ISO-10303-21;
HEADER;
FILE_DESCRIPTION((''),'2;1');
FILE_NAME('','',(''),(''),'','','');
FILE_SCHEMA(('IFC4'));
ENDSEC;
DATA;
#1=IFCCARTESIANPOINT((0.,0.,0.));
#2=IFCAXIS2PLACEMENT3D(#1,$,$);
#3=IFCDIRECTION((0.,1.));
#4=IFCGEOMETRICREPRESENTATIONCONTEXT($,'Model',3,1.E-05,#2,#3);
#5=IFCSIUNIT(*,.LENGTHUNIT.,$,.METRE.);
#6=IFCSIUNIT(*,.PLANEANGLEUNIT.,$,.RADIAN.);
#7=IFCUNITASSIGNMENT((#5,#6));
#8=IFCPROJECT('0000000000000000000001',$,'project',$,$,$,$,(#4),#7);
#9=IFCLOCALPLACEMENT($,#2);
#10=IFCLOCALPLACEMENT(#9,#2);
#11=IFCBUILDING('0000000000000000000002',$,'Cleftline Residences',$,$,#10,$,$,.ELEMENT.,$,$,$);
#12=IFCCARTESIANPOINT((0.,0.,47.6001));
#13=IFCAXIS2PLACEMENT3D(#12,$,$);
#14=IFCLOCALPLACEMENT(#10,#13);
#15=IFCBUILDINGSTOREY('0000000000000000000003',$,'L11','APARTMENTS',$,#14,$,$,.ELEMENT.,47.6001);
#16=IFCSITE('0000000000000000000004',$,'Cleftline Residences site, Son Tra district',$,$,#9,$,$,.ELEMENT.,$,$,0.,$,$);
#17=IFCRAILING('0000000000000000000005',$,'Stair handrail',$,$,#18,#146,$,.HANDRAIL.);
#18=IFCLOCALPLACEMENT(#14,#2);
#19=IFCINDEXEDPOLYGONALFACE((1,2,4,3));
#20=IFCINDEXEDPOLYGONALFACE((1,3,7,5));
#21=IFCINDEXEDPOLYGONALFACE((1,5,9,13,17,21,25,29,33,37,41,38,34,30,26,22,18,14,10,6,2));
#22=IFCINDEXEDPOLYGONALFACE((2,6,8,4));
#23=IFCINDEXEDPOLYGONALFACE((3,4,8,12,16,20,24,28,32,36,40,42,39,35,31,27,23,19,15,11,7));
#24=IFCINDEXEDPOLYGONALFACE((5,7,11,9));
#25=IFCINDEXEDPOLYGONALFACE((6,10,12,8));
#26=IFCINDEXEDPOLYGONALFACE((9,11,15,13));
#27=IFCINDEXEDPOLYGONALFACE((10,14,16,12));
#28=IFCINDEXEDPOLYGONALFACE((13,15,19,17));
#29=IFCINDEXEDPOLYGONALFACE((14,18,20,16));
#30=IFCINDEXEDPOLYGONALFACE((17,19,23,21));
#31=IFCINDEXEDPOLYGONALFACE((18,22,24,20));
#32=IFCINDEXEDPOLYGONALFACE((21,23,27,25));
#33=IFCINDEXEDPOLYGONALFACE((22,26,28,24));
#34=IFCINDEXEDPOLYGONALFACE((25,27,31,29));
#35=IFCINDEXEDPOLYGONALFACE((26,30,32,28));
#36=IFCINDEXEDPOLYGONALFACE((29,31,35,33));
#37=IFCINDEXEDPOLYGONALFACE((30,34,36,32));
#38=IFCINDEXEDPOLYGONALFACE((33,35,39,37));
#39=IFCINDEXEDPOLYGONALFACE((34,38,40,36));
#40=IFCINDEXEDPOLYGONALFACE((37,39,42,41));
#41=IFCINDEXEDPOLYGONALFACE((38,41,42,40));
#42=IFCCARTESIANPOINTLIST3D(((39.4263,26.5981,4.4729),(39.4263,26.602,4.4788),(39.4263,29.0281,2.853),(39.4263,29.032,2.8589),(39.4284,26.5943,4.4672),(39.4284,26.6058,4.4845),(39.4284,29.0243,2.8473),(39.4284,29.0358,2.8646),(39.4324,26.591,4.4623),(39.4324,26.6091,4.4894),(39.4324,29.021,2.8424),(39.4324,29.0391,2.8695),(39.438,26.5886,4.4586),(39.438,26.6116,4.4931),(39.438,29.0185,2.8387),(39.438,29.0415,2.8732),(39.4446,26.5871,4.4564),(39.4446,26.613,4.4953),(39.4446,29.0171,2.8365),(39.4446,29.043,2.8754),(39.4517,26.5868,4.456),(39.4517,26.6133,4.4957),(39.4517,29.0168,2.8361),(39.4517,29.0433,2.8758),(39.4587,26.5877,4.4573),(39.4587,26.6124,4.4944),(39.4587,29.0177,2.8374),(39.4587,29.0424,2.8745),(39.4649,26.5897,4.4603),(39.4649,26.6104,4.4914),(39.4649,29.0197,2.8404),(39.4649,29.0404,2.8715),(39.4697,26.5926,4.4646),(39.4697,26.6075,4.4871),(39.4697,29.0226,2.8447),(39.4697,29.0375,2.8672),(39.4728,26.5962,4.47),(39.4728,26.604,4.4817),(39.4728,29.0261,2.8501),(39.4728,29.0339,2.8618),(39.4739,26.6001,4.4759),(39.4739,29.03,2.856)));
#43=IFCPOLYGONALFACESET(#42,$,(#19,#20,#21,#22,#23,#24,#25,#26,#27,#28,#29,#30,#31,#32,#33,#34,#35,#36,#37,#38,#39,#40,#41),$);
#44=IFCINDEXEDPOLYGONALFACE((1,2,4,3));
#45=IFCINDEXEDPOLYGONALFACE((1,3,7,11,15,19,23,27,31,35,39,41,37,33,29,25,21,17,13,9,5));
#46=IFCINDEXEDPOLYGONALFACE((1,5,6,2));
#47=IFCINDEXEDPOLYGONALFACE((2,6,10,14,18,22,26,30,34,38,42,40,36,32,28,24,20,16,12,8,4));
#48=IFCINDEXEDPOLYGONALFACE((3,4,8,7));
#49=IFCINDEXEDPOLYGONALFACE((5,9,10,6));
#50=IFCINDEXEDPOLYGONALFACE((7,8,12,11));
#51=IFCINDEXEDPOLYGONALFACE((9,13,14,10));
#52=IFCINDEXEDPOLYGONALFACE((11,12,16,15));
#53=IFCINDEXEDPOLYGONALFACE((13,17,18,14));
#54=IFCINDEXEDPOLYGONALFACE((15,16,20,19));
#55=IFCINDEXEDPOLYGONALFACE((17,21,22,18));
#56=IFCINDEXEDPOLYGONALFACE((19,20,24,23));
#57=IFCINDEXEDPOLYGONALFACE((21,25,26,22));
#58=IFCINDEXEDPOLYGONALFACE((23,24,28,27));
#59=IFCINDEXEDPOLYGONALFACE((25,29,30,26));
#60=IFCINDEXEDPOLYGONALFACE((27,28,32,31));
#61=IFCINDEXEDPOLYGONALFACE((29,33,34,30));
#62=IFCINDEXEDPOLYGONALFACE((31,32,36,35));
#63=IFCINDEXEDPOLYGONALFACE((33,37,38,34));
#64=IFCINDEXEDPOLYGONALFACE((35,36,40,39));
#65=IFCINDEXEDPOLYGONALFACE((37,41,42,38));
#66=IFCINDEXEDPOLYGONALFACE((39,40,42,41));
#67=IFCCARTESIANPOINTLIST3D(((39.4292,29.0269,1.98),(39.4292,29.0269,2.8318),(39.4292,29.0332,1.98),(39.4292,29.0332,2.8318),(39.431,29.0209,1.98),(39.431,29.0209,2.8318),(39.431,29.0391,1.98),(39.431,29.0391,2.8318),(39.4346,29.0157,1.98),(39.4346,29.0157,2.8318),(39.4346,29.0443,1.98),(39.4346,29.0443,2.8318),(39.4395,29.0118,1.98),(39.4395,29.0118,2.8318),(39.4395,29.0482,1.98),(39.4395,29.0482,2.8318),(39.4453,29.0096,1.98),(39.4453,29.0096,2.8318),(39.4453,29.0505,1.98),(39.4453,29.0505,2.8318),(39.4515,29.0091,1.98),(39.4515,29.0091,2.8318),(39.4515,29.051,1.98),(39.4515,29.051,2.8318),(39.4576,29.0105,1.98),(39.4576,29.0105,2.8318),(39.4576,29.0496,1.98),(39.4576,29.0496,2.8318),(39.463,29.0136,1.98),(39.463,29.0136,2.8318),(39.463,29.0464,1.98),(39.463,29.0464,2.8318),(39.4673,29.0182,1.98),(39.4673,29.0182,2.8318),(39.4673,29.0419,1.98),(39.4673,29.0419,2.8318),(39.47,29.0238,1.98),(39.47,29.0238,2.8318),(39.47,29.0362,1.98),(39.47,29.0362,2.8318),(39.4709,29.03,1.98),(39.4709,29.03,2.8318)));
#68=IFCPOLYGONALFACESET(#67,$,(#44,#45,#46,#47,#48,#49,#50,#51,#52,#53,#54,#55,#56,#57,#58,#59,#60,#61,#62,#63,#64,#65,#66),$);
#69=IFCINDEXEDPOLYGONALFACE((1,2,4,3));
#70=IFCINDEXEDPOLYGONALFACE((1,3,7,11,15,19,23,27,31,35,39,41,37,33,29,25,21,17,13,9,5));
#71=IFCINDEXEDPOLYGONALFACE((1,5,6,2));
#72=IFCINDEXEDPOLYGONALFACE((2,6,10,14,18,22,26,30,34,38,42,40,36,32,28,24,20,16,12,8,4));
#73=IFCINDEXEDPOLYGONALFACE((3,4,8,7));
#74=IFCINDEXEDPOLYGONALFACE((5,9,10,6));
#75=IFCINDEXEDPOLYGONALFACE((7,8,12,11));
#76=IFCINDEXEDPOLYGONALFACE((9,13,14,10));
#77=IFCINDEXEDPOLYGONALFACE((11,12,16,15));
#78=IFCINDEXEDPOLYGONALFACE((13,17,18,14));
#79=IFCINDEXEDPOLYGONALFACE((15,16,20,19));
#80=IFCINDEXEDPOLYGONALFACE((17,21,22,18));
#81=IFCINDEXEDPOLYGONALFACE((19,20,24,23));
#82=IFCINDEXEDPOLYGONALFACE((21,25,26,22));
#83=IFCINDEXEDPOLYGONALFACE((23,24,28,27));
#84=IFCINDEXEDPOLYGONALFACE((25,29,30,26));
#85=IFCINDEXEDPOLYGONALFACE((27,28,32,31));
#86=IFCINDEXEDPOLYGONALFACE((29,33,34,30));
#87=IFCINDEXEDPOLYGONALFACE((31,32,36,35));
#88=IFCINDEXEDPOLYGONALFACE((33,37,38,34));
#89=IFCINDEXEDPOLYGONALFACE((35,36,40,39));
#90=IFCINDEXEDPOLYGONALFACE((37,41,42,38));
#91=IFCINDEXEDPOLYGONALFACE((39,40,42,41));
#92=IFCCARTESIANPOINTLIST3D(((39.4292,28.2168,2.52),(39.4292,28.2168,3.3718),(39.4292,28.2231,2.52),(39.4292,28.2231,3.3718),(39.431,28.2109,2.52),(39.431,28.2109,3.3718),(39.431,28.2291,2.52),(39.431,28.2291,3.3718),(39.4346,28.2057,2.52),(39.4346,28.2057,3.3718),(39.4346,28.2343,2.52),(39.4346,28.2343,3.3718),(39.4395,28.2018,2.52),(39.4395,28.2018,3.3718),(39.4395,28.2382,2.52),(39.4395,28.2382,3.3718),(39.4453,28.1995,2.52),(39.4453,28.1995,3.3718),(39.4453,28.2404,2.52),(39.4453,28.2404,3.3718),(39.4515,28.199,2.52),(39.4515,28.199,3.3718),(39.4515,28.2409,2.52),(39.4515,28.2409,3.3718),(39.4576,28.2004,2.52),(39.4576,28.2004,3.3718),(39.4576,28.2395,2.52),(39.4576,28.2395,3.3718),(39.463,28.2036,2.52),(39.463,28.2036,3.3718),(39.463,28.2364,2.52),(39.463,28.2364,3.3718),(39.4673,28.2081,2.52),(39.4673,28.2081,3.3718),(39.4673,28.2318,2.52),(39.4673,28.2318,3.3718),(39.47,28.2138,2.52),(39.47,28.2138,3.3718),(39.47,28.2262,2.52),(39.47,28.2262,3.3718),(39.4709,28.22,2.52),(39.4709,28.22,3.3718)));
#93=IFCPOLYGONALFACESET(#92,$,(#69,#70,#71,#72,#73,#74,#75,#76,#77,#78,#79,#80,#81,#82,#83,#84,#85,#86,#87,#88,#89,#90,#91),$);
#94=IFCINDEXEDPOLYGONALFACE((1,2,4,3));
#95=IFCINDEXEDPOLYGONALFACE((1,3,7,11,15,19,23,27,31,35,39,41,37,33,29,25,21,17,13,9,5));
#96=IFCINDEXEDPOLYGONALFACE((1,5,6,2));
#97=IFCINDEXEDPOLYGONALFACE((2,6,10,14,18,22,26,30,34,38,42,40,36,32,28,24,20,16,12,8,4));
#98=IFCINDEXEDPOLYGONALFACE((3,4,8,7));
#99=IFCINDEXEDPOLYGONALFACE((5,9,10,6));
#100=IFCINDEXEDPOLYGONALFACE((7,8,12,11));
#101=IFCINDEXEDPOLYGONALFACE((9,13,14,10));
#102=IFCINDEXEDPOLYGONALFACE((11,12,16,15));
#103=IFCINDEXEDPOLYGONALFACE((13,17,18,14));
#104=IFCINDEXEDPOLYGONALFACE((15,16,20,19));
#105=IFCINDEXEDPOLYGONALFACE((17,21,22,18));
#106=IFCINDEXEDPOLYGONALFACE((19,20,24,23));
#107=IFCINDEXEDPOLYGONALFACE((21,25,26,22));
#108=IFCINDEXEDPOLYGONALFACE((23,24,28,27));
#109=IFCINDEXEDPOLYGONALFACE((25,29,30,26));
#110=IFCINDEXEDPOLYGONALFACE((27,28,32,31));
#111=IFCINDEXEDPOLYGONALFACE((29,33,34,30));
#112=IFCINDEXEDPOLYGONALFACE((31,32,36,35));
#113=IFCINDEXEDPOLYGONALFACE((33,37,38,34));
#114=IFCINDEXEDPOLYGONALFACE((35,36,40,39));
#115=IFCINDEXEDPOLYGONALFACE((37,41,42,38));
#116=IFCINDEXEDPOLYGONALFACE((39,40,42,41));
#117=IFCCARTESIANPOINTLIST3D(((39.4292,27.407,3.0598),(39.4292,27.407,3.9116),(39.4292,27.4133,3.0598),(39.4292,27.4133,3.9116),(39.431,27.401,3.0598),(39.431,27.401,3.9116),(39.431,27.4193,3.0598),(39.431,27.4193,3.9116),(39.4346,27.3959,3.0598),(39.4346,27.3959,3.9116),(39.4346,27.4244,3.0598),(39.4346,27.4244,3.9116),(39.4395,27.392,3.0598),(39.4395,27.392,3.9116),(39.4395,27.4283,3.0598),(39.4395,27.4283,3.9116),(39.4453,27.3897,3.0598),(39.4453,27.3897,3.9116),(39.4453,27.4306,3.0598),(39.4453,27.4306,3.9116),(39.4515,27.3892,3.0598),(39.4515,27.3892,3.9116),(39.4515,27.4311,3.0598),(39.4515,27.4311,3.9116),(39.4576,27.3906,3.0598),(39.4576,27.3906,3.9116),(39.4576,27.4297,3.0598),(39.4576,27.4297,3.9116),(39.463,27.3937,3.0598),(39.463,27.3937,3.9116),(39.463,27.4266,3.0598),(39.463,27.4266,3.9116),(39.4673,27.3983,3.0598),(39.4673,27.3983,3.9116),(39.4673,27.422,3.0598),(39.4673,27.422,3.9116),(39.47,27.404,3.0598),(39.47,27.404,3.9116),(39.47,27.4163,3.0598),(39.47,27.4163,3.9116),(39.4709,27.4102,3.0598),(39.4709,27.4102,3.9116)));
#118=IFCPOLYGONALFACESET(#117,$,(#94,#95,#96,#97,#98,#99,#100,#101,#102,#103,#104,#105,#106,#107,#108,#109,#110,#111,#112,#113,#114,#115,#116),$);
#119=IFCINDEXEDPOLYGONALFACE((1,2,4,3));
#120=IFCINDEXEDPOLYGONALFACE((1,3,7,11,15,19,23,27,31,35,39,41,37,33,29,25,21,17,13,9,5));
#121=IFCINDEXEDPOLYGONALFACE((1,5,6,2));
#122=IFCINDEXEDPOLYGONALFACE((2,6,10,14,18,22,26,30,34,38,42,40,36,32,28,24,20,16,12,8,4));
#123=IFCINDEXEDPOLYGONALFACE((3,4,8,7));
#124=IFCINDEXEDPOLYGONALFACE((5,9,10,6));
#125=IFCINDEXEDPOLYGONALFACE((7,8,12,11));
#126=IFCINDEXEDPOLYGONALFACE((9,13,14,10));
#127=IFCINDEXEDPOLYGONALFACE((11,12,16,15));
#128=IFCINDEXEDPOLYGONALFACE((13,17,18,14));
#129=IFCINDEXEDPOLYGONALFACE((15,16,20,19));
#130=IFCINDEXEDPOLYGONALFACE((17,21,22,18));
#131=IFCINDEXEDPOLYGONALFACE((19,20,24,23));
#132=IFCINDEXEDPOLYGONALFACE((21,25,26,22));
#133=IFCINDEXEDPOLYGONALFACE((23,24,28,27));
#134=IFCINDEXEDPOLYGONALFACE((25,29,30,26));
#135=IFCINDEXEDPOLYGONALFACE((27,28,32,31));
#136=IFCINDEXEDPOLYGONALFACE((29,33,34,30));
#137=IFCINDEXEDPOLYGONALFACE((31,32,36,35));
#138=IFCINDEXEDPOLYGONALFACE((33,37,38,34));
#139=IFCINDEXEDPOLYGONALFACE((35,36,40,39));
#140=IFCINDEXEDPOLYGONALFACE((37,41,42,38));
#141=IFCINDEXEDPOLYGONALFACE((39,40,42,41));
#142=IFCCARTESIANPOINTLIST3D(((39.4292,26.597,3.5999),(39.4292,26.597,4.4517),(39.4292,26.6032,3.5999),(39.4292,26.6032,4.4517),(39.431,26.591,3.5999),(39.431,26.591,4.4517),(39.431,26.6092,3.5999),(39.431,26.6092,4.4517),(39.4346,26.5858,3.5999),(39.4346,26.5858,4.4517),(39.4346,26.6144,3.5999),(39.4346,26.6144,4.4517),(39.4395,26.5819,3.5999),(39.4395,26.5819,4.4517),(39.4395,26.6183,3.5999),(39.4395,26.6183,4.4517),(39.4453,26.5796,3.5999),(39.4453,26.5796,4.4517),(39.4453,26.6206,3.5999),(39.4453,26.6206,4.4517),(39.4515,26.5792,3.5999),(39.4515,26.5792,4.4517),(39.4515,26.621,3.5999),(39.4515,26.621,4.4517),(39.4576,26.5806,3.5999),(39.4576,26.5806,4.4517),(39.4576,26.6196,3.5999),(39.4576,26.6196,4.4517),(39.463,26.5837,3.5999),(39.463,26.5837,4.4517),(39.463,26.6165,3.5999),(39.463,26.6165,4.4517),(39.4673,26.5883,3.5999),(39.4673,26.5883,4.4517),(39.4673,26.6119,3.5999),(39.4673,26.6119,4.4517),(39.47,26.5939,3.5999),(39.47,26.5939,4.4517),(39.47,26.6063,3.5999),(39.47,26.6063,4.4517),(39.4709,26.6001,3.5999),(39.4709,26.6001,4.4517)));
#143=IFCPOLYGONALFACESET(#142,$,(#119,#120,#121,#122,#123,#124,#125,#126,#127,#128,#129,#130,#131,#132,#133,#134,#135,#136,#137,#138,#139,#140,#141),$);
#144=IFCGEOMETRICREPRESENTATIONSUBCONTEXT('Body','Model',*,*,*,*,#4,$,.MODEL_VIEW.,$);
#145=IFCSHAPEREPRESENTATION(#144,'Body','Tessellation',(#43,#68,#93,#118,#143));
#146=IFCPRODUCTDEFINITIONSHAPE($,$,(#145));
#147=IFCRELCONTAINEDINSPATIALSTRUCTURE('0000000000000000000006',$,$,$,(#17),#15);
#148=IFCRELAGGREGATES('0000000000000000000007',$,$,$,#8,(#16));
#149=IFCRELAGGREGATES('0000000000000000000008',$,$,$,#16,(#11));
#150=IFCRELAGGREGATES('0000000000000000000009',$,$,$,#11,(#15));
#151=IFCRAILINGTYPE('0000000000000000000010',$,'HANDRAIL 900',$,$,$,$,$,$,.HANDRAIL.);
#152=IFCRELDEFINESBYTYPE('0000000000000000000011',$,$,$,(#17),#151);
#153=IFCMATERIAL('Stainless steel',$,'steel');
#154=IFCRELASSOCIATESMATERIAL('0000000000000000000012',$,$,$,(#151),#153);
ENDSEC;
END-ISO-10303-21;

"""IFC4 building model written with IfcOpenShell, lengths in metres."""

from ifc_helpers import new_model, si_unit, direction, frame, origin, origin_2d, place, context, subcontext, project, spatial, circle, extrude, material, type_object, element, save


model = new_model("IFC4")

# Units and contexts
model_context = context("Model", 3, precision=1e-05, world=origin(), true_north=direction((0.0, 1.0)))
body_context = subcontext(model_context, "Body", "Model", "MODEL_VIEW")
ifc_project = project(units=[si_unit("LENGTHUNIT", "METRE"), si_unit("PLANEANGLEUNIT", "RADIAN")], contexts=[model_context])

# Site, building, storey
site_placement = place(None, origin())
site = spatial("IfcSite", under=ifc_project, at=site_placement, Name="Cleftline Residences site, Son Tra district", CompositionType="ELEMENT", RefElevation=0.0)
building_placement = place(site_placement, origin())
building = spatial("IfcBuilding", under=site, at=building_placement, Name="Cleftline Residences", CompositionType="ELEMENT")
storey_placement = place(building_placement, frame((0.0, 0.0, 47.6001)))
storey = spatial("IfcBuildingStorey", under=building, at=storey_placement, Name="L11", Description="APARTMENTS", CompositionType="ELEMENT", Elevation=47.6001)

# Railing
ifc_material_1 = material(Name="Stainless steel", Category="steel")
railing_type = type_object("IfcRailingType", Name="HANDRAIL 900", PredefinedType="HANDRAIL", material=ifc_material_1)
railing_1_placement = place(storey_placement, frame((39.45, 29.03, 1.98)))
element("IfcRailing", 1, at=railing_1_placement, inside=storey, type_object=railing_type, Name="Stair handrail", PredefinedType="HANDRAIL", context=body_context, shape_type="SweptSolid", body=[
    extrude(circle(Radius=0.0239, at=origin_2d()), frame((0.0, 0.0, 0.876), z_axis=(0.0, -0.832063, 0.554681), x_axis=(1.0, 0.0, 0.0)), (0.0, 0.0, 1.0), 2.9204),
    extrude(circle(Radius=0.021, at=origin_2d()), origin(), (0.0, 0.0, 1.0), 0.8518),
    extrude(circle(Radius=0.021, at=origin_2d()), frame((0.0, -0.8101, 0.54)), (0.0, 0.0, 1.0), 0.8518),
    extrude(circle(Radius=0.021, at=origin_2d()), frame((0.0, -1.6199, 1.0798)), (0.0, 0.0, 1.0), 0.8518),
    extrude(circle(Radius=0.021, at=origin_2d()), frame((0.0, -2.4299, 1.6199)), (0.0, 0.0, 1.0), 0.8518),
])

save(model, "model.ifc")
